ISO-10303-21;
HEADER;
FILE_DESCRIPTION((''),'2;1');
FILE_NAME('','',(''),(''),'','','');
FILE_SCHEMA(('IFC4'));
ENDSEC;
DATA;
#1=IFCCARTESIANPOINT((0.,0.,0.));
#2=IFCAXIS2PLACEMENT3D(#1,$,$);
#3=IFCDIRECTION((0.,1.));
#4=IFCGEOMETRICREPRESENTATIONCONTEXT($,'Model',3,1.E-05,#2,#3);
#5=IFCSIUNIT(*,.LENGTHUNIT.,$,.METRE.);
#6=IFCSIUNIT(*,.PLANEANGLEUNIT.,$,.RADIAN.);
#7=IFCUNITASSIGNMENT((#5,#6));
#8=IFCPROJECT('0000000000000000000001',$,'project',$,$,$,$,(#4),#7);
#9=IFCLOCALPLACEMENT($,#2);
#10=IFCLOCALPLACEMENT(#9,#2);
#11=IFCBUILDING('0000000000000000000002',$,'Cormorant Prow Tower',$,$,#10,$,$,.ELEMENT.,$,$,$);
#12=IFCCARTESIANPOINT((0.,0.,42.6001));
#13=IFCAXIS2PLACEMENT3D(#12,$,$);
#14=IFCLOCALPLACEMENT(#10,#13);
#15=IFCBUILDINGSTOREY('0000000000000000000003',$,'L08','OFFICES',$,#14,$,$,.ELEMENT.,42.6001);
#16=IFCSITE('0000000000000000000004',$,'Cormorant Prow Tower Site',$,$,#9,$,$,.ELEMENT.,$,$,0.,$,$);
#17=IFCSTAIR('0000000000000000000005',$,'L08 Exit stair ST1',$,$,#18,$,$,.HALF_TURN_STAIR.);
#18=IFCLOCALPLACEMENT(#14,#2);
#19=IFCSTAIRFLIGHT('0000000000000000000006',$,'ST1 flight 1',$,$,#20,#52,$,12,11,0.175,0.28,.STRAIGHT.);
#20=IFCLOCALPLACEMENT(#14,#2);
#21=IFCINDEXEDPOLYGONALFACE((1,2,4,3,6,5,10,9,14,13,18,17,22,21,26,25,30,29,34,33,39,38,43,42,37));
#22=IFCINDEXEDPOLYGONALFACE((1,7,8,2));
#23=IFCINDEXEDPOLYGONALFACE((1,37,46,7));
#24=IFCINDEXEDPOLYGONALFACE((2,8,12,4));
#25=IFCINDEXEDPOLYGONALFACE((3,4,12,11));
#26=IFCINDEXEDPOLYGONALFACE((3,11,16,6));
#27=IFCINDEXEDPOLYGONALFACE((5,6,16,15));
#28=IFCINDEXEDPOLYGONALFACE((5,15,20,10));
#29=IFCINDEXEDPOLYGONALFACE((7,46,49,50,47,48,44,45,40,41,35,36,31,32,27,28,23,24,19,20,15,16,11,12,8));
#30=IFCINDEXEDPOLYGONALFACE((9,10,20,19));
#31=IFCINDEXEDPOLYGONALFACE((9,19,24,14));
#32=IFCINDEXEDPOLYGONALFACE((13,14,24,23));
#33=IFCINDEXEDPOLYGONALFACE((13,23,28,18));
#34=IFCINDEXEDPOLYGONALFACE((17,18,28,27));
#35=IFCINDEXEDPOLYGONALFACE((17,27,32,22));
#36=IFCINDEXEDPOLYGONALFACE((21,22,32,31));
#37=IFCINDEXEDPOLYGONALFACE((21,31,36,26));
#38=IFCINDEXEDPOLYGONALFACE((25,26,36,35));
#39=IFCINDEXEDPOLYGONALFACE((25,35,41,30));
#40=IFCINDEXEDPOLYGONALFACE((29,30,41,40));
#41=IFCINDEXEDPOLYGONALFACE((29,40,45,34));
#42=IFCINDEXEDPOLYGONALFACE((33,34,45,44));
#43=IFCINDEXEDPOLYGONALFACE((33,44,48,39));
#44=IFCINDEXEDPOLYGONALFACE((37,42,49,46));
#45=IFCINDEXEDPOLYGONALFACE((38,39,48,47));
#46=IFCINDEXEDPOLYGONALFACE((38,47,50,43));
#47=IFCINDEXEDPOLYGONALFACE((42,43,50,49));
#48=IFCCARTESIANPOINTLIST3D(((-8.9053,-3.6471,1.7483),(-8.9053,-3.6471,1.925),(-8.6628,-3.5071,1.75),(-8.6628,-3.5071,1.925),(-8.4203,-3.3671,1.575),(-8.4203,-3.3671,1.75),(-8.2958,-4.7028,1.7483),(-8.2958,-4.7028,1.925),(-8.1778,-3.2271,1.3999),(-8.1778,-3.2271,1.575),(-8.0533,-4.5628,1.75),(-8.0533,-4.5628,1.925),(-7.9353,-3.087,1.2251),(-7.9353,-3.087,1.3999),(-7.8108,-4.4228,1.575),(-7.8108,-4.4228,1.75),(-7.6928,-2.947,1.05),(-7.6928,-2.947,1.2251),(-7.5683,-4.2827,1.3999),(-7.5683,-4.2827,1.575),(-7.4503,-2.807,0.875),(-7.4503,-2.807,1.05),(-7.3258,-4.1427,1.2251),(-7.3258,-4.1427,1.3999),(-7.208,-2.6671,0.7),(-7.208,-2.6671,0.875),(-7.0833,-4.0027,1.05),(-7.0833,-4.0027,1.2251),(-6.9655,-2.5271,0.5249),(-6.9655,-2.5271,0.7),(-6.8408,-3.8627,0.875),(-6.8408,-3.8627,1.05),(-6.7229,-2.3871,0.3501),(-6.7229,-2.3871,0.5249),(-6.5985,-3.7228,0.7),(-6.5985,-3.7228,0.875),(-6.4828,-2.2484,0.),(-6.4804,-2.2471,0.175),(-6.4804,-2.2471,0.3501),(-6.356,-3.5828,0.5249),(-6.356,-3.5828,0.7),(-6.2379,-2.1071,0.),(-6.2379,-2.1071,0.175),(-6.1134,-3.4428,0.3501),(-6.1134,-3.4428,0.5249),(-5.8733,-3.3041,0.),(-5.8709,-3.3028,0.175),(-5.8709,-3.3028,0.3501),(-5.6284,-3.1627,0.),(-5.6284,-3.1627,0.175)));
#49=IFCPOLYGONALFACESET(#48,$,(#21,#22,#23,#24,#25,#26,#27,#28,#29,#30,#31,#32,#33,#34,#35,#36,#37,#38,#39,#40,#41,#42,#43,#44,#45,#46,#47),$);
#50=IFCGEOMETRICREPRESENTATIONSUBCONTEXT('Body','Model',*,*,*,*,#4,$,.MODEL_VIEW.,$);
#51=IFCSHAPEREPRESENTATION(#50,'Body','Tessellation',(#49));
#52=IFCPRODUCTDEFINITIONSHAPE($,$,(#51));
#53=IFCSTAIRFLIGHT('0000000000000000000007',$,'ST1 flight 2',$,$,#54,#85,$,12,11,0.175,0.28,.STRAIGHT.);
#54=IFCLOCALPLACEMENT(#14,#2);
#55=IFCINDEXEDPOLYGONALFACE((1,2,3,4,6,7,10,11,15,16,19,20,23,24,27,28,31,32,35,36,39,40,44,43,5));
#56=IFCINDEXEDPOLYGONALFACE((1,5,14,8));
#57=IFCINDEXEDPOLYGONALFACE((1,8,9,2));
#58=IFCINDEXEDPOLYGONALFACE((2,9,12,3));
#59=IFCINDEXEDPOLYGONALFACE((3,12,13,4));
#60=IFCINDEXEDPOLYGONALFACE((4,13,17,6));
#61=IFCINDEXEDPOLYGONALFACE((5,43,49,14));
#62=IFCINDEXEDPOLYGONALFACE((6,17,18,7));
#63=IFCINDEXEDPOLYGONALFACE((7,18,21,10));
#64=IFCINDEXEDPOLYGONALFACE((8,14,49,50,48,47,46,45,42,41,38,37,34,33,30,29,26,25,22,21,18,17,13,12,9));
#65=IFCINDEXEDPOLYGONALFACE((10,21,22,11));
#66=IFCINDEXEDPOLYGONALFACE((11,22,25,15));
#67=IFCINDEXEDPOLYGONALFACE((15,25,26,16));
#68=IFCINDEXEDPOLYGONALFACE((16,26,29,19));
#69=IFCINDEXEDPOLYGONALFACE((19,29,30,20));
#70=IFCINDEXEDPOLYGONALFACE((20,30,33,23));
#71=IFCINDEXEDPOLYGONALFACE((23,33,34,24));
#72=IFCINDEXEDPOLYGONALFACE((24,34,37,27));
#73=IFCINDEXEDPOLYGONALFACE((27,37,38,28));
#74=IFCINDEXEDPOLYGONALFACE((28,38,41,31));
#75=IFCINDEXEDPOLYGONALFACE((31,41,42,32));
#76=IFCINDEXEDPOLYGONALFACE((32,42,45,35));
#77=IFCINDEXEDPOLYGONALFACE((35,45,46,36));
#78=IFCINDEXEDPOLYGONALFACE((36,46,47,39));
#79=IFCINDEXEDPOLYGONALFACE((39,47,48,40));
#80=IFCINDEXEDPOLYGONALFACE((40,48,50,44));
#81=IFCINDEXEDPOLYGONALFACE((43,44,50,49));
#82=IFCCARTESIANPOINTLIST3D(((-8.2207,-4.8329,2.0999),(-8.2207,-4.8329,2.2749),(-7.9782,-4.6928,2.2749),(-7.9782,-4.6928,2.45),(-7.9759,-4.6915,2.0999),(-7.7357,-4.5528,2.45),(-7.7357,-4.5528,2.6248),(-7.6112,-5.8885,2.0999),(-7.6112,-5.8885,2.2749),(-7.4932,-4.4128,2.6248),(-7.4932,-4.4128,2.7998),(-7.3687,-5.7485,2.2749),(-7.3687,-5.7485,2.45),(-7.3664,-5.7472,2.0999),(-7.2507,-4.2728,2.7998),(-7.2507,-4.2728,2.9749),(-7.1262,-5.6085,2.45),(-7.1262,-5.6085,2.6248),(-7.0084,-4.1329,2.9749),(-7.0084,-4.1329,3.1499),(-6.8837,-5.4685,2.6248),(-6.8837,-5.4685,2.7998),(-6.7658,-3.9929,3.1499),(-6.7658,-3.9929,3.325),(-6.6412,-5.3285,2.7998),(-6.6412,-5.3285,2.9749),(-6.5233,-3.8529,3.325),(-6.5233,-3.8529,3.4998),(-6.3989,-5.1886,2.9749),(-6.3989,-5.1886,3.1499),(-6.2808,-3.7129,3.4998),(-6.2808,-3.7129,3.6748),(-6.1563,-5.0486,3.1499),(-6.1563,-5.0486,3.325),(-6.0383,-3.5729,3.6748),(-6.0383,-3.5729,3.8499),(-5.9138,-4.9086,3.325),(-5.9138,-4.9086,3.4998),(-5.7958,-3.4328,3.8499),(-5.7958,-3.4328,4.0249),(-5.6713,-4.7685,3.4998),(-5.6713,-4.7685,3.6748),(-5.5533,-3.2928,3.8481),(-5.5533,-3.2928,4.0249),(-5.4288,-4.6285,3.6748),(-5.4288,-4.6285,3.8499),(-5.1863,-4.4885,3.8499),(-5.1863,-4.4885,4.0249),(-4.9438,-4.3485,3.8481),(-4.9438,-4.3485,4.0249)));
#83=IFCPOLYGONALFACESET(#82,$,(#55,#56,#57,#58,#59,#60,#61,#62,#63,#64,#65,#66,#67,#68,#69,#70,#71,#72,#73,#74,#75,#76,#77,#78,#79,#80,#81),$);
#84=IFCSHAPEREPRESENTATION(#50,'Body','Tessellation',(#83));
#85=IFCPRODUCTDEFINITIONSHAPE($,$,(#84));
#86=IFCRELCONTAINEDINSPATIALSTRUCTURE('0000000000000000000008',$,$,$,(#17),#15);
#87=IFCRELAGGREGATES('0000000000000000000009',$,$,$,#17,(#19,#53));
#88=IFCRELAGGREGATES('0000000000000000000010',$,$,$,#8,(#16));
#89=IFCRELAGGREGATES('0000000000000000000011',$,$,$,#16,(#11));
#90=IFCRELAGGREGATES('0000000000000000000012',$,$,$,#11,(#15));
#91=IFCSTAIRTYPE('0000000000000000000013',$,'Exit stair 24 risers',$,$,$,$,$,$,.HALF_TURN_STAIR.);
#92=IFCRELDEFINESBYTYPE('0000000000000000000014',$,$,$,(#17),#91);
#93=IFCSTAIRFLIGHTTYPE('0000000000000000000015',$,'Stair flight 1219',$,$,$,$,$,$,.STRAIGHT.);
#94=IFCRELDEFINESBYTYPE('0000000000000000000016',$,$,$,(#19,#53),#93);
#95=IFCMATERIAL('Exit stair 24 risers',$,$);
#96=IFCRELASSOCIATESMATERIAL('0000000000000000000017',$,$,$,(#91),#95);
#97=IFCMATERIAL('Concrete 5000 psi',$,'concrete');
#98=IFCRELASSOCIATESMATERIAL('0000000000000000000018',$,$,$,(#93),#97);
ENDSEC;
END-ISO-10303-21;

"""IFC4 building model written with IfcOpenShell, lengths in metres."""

from ifc_helpers import new_model, si_unit, direction, frame, origin, place, context, subcontext, project, spatial, polyline, outline, extrude, material, type_object, element, aggregate, save


model = new_model("IFC4")

# Units and contexts
model_context = context("Model", 3, precision=1e-05, world=origin(), true_north=direction((0.0, 1.0)))
body_context = subcontext(model_context, "Body", "Model", "MODEL_VIEW")
ifc_project = project(units=[si_unit("LENGTHUNIT", "METRE"), si_unit("PLANEANGLEUNIT", "RADIAN")], contexts=[model_context])

# Site, building, storey
site_placement = place(None, origin())
site = spatial("IfcSite", under=ifc_project, at=site_placement, Name="Cormorant Prow Tower Site", CompositionType="ELEMENT", RefElevation=0.0)
building_placement = place(site_placement, origin())
building = spatial("IfcBuilding", under=site, at=building_placement, Name="Cormorant Prow Tower", CompositionType="ELEMENT")
storey_placement = place(building_placement, frame((0.0, 0.0, 42.6001)))
storey = spatial("IfcBuildingStorey", under=building, at=storey_placement, Name="L08", Description="OFFICES", CompositionType="ELEMENT", Elevation=42.6001)

# Stair, stair flights
ifc_material_1 = material(Name="Exit stair 24 risers")
stair_type = type_object("IfcStairType", Name="Exit stair 24 risers", PredefinedType="HALF_TURN_STAIR", material=ifc_material_1)
stair_placement = place(storey_placement, origin())
stair = element("IfcStair", 1, at=stair_placement, inside=storey, type_object=stair_type, Name="L08 Exit stair ST1", PredefinedType="HALF_TURN_STAIR")
ifc_material_2 = material(Name="Concrete 5000 psi", Category="concrete")
stair_flight_type = type_object("IfcStairFlightType", Name="Stair flight 1219", PredefinedType="STRAIGHT", material=ifc_material_2)
stair_flight_1_placement = place(storey_placement, frame((-5.9331, -2.635, 0.0), z_axis=(0.0, 0.0, 1.0), x_axis=(-0.866025, -0.5, 0.0)))
stair_flight_1 = element("IfcStairFlight", 2, at=stair_flight_1_placement, type_object=stair_flight_type, Name="ST1 flight 1", NumberOfRisers=12, NumberOfTreads=11, PredefinedType="STRAIGHT", RiserHeight=0.175, TreadLength=0.28, context=body_context, shape_type="SweptSolid", body=[
    extrude(outline(polyline([(0.0, 0.0), (0.0, 0.175), (0.28, 0.175), (0.28, 0.3501), (0.5601, 0.3501), (0.5601, 0.5249), (0.8401, 0.5249), (0.8401, 0.7), (1.1201, 0.7), (1.1201, 0.875), (1.3999, 0.875), (1.3999, 1.05), (1.6799, 1.05), (1.6799, 1.2251), (1.96, 1.2251), (1.96, 1.3999), (2.24, 1.3999), (2.24, 1.575), (2.52, 1.575), (2.52, 1.75), (2.8, 1.75), (2.8, 1.925), (3.0801, 1.925), (3.0801, 2.1001), (3.0801, 1.7483), (0.2827, 0.0), (0.0, 0.0)])), frame((0.0, 0.6094, 0.0), z_axis=(0.0, -1.0, 0.0), x_axis=(1.0, 0.0, 0.0)), (0.0, 0.0, 1.0), 1.219),
])
stair_flight_2_placement = place(storey_placement, frame((-7.916, -5.3606, 2.0999), z_axis=(0.0, 0.0, 1.0), x_axis=(0.866025, 0.5, 0.0)))
stair_flight_2 = element("IfcStairFlight", 3, at=stair_flight_2_placement, type_object=stair_flight_type, Name="ST1 flight 2", NumberOfRisers=12, NumberOfTreads=11, PredefinedType="STRAIGHT", RiserHeight=0.175, TreadLength=0.28, context=body_context, shape_type="SweptSolid", body=[
    extrude(outline(polyline([(0.0, 0.0), (0.0, 0.175), (0.28, 0.175), (0.28, 0.3501), (0.5601, 0.3501), (0.5601, 0.5249), (0.8401, 0.5249), (0.8401, 0.7), (1.1201, 0.7), (1.1201, 0.875), (1.3999, 0.875), (1.3999, 1.05), (1.6799, 1.05), (1.6799, 1.2251), (1.96, 1.2251), (1.96, 1.3999), (2.24, 1.3999), (2.24, 1.575), (2.52, 1.575), (2.52, 1.75), (2.8, 1.75), (2.8, 1.925), (3.0801, 1.925), (3.0801, 2.1001), (3.0801, 1.7483), (0.2827, 0.0), (0.0, 0.0)])), frame((0.0, 0.6094, 0.0), z_axis=(0.0, -1.0, 0.0), x_axis=(1.0, 0.0, 0.0)), (0.0, 0.0, 1.0), 1.219),
])
aggregate(stair, [stair_flight_1, stair_flight_2])

save(model, "model.ifc")
